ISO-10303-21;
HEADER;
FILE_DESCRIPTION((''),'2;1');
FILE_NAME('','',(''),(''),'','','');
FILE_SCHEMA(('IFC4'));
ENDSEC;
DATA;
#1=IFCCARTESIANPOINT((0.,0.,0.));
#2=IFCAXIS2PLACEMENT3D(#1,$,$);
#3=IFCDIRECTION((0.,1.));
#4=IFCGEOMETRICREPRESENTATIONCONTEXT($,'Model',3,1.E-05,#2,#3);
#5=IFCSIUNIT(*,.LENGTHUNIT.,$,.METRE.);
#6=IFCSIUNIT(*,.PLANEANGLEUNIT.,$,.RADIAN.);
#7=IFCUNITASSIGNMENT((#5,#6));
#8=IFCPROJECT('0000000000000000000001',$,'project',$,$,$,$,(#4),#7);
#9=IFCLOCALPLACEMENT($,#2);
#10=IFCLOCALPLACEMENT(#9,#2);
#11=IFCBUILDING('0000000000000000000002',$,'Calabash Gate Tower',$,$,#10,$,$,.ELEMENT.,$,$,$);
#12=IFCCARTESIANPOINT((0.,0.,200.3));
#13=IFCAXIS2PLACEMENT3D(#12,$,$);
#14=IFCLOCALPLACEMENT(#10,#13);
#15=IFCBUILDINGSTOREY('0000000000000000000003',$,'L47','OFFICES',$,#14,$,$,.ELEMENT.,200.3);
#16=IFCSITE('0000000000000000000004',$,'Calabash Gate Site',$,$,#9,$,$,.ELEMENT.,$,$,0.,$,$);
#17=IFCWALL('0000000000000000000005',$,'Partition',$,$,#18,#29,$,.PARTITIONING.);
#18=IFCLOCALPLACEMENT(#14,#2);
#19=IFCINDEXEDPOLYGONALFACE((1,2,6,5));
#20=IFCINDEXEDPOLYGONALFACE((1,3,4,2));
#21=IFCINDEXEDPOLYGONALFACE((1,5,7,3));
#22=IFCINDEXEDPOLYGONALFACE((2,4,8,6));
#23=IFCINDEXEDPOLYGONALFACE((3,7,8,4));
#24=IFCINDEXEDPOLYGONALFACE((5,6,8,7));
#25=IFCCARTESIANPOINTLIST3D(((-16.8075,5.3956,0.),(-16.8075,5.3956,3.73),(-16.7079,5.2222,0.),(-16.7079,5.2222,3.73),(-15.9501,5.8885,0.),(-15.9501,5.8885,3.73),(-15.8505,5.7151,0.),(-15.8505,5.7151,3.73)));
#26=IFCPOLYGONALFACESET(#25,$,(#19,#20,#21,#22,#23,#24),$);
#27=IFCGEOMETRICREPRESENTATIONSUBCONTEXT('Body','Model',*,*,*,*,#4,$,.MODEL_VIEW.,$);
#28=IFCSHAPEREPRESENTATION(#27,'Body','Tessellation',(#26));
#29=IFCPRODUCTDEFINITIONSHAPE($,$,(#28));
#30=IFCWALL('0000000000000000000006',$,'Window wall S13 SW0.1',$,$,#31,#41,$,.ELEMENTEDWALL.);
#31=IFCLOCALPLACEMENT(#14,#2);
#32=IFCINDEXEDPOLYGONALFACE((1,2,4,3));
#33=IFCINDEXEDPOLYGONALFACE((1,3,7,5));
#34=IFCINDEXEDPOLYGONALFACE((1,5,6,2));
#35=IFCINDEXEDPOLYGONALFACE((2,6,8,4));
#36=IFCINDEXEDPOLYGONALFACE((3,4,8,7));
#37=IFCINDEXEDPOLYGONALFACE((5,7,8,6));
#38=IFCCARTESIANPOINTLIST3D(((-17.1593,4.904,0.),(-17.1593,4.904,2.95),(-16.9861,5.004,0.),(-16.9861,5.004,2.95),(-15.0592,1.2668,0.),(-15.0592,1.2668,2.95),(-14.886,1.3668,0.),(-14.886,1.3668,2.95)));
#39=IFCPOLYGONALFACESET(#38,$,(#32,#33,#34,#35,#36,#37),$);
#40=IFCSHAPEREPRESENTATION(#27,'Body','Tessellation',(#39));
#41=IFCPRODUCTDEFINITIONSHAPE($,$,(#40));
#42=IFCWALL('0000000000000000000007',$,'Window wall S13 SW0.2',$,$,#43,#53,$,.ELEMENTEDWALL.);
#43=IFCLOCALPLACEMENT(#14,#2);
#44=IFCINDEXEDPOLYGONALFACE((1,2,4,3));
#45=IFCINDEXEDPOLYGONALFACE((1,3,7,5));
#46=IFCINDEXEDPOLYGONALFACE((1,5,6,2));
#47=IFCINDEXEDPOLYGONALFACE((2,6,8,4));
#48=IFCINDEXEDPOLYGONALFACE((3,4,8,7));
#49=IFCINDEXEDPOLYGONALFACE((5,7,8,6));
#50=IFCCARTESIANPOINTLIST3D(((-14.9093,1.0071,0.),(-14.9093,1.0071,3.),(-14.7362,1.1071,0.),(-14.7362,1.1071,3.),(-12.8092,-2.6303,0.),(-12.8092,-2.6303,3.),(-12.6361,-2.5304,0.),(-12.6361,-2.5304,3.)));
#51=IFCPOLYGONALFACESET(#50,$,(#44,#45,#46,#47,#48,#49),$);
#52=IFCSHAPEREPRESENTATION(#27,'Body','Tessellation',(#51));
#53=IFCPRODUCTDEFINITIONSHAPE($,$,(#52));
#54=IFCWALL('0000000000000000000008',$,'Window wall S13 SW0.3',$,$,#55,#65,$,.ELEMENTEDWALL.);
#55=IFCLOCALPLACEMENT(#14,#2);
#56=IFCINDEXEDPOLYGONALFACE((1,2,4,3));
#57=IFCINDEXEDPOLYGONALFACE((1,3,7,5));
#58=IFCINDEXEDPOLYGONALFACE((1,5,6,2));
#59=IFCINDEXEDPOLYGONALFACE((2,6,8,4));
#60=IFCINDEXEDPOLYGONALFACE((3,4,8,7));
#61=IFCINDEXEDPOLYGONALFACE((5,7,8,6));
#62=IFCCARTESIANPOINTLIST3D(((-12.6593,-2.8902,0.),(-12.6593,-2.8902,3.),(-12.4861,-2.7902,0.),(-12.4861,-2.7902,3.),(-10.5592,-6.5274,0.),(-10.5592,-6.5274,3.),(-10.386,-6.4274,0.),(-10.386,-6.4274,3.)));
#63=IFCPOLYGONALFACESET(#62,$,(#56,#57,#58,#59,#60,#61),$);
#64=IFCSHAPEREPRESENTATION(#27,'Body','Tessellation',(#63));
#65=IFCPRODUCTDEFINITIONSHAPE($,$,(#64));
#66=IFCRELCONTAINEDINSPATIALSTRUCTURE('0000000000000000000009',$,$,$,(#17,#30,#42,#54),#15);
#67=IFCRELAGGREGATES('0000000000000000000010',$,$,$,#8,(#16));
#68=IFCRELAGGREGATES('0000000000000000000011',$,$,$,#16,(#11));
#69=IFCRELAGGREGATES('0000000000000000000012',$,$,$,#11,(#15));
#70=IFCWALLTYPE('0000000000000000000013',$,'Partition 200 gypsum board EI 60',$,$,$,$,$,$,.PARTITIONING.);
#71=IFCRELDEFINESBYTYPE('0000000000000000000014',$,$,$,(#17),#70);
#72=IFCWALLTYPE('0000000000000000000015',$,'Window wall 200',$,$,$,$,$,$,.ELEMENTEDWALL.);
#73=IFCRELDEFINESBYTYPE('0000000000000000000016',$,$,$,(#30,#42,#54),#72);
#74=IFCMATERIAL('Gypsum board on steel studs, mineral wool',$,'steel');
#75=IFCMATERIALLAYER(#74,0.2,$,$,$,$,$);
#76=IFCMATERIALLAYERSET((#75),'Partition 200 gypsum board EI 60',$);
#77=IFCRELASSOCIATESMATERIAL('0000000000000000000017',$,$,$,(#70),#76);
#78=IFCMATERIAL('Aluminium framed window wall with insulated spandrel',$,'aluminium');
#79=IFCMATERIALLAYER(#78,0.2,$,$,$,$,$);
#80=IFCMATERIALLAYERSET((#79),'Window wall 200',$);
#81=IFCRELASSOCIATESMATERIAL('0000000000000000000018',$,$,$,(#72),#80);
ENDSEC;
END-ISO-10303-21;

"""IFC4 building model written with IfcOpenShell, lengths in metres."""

from ifc_helpers import new_model, si_unit, direction, frame, frame_2d, origin, place, context, subcontext, project, spatial, rectangle, extrude, material, layer, layer_set, type_object, element, save


model = new_model("IFC4")

# Units and contexts
model_context = context("Model", 3, precision=1e-05, world=origin(), true_north=direction((0.0, 1.0)))
body_context = subcontext(model_context, "Body", "Model", "MODEL_VIEW")
ifc_project = project(units=[si_unit("LENGTHUNIT", "METRE"), si_unit("PLANEANGLEUNIT", "RADIAN")], contexts=[model_context])

# Site, building, storey
site_placement = place(None, origin())
site = spatial("IfcSite", under=ifc_project, at=site_placement, Name="Calabash Gate Site", CompositionType="ELEMENT", RefElevation=0.0)
building_placement = place(site_placement, origin())
building = spatial("IfcBuilding", under=site, at=building_placement, Name="Calabash Gate Tower", CompositionType="ELEMENT")
storey_placement = place(building_placement, frame((0.0, 0.0, 200.3)))
storey = spatial("IfcBuildingStorey", under=building, at=storey_placement, Name="L47", Description="OFFICES", CompositionType="ELEMENT", Elevation=200.3)

# Shared definitions
ifc_material_1 = material(Name="Gypsum board on steel studs, mineral wool", Category="steel")
ifc_layer_1 = layer(ifc_material_1, 0.2)
ifc_layer_set_1 = layer_set([ifc_layer_1], Name="Partition 200 gypsum board EI 60")
wall_type_1 = type_object("IfcWallType", Name="Partition 200 gypsum board EI 60", PredefinedType="PARTITIONING", material=ifc_layer_set_1)

# Walls
wall_1_placement = place(storey_placement, frame((-16.7578, 5.3088, 0.0), z_axis=(0.0, 0.0, 1.0), x_axis=(0.866949, 0.498397, 0.0)))
element("IfcWall", 1, at=wall_1_placement, inside=storey, type_object=wall_type_1, Name="Partition", PredefinedType="PARTITIONING", context=body_context, shape_type="SweptSolid", body=[
    extrude(rectangle(XDim=0.989, YDim=0.2, at=frame_2d((0.4946, 0.0))), origin(), (0.0, 0.0, 1.0), 3.73),
])
ifc_material_2 = material(Name="Aluminium framed window wall with insulated spandrel", Category="aluminium")
ifc_layer_2 = layer(ifc_material_2, 0.2)
ifc_layer_set_2 = layer_set([ifc_layer_2], Name="Window wall 200")
wall_type_2 = type_object("IfcWallType", Name="Window wall 200", PredefinedType="ELEMENTEDWALL", material=ifc_layer_set_2)
wall_2_placement = place(storey_placement, frame((-17.0728, 4.9541, 0.0), z_axis=(0.0, 0.0, 1.0), x_axis=(0.500028, -0.866009, 0.0)))
element("IfcWall", 2, at=wall_2_placement, inside=storey, type_object=wall_type_2, Name="Window wall S13 SW0.1", PredefinedType="ELEMENTEDWALL", context=body_context, shape_type="SweptSolid", body=[
    extrude(rectangle(XDim=4.2, YDim=0.2, at=frame_2d((2.1001, 0.0))), origin(), (0.0, 0.0, 1.0), 2.95),
])
wall_3_placement = place(storey_placement, frame((-14.8228, 1.0571, 0.0), z_axis=(0.0, 0.0, 1.0), x_axis=(0.500003, -0.866024, 0.0)))
element("IfcWall", 3, at=wall_3_placement, inside=storey, type_object=wall_type_2, Name="Window wall S13 SW0.2", PredefinedType="ELEMENTEDWALL", context=body_context, shape_type="SweptSolid", body=[
    extrude(rectangle(XDim=4.2002, YDim=0.2, at=frame_2d((2.1001, 0.0))), origin(), (0.0, 0.0, 1.0), 3.0),
])
wall_4_placement = place(storey_placement, frame((-12.5728, -2.8401, 0.0), z_axis=(0.0, 0.0, 1.0), x_axis=(0.500028, -0.866009, 0.0)))
element("IfcWall", 4, at=wall_4_placement, inside=storey, type_object=wall_type_2, Name="Window wall S13 SW0.3", PredefinedType="ELEMENTEDWALL", context=body_context, shape_type="SweptSolid", body=[
    extrude(rectangle(XDim=4.2, YDim=0.2, at=frame_2d((2.1001, 0.0))), origin(), (0.0, 0.0, 1.0), 3.0),
])

save(model, "model.ifc")
